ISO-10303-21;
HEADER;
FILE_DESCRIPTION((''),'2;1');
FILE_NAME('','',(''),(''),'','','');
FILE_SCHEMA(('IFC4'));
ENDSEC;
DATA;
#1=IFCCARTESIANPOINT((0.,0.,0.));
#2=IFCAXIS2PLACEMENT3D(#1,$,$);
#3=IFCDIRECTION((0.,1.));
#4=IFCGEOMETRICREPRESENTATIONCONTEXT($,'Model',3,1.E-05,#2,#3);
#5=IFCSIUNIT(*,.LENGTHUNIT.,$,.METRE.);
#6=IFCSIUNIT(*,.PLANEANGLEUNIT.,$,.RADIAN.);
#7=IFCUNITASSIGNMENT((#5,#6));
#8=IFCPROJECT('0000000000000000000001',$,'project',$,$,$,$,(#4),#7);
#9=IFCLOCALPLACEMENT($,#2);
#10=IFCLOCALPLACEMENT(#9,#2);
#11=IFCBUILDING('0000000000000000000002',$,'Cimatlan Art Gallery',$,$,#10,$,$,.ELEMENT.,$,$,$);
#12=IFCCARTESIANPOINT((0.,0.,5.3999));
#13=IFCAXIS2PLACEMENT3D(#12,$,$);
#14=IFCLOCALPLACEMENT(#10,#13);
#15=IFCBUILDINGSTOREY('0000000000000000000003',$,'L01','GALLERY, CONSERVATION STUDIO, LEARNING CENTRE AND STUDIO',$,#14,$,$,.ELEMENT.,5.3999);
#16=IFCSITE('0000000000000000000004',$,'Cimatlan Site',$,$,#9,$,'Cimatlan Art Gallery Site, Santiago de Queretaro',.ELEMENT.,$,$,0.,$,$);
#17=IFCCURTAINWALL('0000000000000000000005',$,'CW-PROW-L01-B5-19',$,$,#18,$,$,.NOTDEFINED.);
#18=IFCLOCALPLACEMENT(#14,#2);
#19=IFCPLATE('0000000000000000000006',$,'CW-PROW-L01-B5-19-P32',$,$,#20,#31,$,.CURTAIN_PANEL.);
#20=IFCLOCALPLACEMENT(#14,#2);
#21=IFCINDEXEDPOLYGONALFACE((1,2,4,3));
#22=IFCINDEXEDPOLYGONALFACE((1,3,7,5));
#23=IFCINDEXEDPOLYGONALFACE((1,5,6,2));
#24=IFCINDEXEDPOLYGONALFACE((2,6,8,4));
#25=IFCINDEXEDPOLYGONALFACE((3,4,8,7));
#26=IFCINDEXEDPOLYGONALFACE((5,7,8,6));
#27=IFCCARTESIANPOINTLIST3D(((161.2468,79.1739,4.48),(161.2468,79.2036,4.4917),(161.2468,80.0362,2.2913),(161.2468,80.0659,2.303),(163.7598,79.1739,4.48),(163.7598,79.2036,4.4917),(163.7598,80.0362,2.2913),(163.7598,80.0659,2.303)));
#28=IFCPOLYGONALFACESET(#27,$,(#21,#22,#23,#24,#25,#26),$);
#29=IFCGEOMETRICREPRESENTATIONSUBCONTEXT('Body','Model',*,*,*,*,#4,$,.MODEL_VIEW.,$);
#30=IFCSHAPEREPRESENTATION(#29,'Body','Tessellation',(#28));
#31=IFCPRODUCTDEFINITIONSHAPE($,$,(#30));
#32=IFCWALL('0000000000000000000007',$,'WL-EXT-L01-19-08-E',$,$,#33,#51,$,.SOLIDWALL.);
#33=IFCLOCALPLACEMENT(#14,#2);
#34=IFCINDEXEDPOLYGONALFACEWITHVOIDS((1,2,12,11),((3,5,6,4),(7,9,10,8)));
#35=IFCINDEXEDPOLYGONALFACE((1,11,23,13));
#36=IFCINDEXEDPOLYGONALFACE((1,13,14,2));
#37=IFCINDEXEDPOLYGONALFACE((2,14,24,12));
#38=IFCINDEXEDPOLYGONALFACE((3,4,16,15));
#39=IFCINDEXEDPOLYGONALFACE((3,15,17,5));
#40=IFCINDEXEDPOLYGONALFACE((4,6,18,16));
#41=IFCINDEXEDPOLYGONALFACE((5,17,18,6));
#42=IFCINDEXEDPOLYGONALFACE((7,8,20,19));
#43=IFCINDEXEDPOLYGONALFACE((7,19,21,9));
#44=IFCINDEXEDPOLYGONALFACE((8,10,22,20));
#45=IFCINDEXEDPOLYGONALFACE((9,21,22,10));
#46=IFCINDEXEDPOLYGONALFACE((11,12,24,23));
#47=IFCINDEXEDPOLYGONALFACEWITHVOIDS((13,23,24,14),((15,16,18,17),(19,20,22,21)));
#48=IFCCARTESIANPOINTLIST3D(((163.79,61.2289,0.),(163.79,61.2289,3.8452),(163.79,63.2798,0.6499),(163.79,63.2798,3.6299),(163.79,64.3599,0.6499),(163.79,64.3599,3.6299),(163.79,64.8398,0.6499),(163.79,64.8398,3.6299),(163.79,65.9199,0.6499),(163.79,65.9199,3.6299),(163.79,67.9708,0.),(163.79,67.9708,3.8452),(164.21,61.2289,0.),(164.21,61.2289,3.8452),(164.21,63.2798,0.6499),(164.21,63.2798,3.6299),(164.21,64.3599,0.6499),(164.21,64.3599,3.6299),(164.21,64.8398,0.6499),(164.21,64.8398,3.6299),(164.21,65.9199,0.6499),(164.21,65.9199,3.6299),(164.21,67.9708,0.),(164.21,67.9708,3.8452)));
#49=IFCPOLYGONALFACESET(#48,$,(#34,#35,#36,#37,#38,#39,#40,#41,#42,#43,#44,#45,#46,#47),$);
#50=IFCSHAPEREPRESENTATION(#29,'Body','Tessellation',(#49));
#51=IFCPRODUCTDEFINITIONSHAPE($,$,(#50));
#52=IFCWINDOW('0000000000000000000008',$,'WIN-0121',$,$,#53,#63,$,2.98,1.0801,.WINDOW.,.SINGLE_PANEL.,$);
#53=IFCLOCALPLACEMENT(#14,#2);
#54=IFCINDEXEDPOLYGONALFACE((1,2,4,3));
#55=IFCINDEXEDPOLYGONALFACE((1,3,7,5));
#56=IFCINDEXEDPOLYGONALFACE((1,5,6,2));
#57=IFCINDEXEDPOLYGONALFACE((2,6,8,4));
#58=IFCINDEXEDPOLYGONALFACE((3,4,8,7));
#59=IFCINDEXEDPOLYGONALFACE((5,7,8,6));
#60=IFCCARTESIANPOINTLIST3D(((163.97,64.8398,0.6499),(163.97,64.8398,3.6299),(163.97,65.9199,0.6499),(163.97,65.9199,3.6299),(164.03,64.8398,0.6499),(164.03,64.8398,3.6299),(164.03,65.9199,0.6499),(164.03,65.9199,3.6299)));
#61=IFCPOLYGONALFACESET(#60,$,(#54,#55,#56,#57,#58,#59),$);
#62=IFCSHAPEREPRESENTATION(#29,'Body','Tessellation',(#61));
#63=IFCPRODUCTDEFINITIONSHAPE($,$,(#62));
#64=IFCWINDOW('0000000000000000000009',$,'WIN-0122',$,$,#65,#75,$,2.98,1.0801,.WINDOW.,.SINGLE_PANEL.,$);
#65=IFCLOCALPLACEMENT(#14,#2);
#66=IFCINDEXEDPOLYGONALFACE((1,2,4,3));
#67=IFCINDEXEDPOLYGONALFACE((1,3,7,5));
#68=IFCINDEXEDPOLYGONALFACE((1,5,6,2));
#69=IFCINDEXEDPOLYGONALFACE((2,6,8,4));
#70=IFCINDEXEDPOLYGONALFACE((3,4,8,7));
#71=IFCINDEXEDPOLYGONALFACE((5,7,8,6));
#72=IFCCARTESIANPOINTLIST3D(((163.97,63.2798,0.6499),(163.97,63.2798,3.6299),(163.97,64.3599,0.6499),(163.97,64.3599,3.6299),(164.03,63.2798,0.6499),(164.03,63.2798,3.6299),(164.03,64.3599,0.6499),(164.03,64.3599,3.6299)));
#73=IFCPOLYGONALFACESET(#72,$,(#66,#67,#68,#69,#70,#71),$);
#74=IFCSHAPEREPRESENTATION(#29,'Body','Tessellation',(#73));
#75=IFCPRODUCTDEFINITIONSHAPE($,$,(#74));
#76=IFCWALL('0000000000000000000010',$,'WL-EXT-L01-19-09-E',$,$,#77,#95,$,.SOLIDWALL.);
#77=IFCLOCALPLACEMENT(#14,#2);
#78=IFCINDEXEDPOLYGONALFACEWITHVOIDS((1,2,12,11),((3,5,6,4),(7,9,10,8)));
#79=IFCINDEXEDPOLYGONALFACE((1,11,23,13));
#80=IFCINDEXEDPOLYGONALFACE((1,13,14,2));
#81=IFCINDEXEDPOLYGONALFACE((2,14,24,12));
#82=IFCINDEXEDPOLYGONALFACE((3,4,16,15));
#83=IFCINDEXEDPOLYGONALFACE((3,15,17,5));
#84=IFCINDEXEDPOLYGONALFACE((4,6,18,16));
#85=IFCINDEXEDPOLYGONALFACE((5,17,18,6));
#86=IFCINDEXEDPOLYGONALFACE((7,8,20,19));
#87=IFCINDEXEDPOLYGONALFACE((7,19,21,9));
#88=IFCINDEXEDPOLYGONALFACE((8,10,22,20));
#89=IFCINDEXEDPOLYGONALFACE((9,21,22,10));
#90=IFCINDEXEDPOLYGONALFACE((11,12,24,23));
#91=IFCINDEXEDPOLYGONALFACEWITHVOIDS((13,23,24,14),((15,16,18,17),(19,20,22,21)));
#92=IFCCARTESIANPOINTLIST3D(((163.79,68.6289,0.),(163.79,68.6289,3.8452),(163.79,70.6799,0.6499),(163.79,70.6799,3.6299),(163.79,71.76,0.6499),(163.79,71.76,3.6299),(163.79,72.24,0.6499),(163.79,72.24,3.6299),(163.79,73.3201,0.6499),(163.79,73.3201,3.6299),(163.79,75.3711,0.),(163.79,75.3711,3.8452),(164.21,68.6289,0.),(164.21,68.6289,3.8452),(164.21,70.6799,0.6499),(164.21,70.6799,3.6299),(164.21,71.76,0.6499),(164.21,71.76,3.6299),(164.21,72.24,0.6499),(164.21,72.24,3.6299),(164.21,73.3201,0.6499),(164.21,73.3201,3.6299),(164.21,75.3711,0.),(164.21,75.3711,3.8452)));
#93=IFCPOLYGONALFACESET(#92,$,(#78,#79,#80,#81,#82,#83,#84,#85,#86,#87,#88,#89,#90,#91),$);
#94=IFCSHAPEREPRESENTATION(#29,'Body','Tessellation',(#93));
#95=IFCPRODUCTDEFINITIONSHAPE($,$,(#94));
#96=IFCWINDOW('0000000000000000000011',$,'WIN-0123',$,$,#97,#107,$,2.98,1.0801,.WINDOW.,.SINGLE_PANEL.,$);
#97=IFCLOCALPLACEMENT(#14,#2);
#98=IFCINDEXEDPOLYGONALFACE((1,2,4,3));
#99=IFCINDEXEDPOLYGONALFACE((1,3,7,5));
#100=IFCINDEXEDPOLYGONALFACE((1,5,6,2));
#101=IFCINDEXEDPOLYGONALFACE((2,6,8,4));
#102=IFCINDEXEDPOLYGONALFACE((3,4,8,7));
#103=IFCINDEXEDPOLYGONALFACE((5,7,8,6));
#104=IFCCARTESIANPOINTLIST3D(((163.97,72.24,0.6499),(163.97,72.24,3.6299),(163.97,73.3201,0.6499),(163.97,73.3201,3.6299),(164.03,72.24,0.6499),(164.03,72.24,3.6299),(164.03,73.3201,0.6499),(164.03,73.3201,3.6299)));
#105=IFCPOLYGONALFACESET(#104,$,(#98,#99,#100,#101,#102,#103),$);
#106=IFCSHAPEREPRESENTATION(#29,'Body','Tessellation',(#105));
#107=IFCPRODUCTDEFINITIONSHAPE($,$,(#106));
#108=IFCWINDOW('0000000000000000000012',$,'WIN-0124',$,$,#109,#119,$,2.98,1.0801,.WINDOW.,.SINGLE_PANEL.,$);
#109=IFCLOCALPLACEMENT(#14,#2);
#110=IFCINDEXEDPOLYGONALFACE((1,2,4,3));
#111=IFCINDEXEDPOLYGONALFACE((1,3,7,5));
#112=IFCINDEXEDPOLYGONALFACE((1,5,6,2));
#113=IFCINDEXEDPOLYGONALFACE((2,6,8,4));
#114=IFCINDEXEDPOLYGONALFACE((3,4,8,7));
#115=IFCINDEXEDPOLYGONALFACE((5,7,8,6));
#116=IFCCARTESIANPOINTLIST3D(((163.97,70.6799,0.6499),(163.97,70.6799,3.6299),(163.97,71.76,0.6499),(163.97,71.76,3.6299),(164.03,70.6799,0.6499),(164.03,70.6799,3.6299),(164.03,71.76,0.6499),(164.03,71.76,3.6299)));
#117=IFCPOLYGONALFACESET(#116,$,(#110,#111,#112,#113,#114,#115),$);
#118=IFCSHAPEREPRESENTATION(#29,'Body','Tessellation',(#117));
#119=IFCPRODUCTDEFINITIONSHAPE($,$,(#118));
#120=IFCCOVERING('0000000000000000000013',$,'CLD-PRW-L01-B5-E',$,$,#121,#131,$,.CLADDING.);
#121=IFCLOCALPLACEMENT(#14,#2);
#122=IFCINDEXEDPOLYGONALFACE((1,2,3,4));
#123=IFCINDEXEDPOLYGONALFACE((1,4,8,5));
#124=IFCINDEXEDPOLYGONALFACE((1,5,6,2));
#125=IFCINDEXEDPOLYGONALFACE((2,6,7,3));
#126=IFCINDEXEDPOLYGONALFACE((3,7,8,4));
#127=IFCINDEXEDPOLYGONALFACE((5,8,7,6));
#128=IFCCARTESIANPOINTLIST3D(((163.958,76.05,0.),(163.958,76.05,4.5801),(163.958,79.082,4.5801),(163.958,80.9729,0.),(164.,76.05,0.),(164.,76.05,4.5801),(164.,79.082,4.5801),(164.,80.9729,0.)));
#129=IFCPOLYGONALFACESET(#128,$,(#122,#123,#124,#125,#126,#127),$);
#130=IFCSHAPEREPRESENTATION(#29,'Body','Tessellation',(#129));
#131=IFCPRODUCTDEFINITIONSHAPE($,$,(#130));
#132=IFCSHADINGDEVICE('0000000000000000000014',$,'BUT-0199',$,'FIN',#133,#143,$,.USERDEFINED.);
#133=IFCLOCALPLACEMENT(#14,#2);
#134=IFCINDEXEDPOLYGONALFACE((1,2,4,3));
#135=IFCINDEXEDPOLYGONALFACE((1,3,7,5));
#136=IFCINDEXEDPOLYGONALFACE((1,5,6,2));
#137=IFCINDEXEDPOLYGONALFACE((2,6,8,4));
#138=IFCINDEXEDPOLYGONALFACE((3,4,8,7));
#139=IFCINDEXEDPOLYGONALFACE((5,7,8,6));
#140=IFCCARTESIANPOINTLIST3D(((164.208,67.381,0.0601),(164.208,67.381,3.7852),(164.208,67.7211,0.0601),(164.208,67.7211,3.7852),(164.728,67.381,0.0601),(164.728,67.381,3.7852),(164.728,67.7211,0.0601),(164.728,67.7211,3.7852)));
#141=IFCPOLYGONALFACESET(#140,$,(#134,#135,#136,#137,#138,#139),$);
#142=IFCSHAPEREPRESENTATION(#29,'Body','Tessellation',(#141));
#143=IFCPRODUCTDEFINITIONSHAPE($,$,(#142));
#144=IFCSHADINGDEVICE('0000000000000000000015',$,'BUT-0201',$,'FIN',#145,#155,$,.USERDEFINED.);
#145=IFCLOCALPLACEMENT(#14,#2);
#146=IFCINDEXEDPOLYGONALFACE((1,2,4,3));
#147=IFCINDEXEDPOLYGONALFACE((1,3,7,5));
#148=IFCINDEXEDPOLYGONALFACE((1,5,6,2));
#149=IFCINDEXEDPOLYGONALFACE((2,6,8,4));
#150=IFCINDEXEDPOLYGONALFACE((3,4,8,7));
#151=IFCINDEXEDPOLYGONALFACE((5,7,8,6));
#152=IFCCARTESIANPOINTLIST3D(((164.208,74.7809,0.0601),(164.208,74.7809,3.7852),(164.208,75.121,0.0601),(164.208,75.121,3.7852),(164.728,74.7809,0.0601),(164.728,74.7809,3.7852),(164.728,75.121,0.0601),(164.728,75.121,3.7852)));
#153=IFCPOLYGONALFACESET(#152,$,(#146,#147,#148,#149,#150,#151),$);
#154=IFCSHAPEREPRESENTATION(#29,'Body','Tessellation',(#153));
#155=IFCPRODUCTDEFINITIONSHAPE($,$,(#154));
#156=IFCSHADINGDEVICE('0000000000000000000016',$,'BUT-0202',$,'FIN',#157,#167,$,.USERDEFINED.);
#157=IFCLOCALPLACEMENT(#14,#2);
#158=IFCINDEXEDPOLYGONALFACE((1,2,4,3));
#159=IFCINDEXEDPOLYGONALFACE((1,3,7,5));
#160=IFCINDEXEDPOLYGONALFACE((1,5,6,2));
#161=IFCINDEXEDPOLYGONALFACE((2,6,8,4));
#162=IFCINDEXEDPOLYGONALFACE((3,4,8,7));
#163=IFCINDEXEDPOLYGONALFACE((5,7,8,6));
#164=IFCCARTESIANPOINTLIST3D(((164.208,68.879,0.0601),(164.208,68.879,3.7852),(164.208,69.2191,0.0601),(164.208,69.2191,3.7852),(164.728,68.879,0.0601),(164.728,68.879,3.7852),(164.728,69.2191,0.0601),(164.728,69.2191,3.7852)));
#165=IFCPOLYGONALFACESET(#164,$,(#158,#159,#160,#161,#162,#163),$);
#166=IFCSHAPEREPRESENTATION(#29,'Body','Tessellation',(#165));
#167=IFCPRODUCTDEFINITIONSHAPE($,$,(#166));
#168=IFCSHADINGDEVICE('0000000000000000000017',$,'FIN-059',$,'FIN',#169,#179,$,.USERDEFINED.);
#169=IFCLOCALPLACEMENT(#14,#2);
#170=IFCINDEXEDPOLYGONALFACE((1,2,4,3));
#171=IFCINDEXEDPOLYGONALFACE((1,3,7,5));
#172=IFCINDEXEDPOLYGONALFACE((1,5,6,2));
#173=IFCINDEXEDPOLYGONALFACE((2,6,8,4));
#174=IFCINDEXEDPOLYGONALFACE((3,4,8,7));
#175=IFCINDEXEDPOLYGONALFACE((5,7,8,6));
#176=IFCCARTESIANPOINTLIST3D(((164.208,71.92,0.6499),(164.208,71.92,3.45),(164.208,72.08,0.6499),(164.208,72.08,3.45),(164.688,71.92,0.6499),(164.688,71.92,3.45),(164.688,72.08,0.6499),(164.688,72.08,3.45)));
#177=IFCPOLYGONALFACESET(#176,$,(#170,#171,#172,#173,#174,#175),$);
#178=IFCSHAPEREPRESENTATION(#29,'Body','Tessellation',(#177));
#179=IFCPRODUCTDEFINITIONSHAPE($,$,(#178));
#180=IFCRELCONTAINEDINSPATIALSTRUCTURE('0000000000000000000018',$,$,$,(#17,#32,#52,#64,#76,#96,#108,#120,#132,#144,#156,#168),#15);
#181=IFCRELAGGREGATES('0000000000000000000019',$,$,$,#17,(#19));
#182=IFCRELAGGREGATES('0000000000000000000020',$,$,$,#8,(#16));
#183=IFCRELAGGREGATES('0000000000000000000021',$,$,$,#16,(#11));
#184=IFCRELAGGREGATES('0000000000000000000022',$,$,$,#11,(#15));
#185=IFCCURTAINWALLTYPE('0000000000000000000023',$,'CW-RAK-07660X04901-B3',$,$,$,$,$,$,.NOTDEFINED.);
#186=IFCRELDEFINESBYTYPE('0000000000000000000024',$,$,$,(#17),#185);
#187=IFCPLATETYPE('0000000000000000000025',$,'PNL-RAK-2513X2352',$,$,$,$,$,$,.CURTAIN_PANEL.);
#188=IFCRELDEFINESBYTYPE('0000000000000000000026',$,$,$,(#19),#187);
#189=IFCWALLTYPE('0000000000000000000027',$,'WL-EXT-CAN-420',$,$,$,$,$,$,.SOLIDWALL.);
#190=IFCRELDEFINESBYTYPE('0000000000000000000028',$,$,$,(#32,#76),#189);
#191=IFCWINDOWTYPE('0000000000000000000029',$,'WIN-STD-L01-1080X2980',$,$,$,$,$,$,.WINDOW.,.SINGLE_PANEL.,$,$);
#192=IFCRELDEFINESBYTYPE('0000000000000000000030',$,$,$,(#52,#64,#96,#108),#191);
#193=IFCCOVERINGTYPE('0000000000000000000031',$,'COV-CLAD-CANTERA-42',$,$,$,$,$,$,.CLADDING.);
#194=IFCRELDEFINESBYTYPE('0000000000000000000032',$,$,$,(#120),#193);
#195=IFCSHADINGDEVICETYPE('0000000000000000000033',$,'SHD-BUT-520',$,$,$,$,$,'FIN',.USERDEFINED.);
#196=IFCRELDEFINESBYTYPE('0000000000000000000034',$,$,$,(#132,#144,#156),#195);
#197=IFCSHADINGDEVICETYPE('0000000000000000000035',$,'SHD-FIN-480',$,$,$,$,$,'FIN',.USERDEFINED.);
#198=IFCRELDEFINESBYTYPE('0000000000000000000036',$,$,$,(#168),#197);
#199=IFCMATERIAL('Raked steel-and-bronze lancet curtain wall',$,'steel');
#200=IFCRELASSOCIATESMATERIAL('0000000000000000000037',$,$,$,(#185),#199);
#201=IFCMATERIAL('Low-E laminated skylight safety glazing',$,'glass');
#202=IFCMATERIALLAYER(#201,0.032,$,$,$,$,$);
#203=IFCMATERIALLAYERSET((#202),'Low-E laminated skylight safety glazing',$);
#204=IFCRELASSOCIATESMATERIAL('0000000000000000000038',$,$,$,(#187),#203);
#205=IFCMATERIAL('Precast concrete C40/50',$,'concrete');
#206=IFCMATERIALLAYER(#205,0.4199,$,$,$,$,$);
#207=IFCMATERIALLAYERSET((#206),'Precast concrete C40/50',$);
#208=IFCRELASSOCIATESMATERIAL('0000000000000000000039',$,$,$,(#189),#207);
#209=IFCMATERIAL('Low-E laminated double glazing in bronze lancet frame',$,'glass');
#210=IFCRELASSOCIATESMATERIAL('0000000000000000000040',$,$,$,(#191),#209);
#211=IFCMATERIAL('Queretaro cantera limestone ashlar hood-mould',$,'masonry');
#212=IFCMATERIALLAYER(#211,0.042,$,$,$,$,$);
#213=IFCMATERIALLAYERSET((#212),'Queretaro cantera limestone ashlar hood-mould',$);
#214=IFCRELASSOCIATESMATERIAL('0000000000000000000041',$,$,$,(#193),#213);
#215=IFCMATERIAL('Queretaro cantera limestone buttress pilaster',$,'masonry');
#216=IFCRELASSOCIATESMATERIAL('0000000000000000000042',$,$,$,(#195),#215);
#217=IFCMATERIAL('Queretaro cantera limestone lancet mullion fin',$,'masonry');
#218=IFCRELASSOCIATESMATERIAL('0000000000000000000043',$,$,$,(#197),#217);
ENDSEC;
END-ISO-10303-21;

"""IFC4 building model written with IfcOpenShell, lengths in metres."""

from ifc_helpers import new_model, si_unit, direction, frame, frame_2d, origin, origin_2d, place, context, subcontext, project, spatial, polyline, rectangle, outline, extrude, material, layer, layer_set, type_object, element, fill, aggregate, save


model = new_model("IFC4")

# Units and contexts
model_context = context("Model", 3, precision=1e-05, world=origin(), true_north=direction((0.0, 1.0)))
body_context = subcontext(model_context, "Body", "Model", "MODEL_VIEW")
ifc_project = project(units=[si_unit("LENGTHUNIT", "METRE"), si_unit("PLANEANGLEUNIT", "RADIAN")], contexts=[model_context])

# Site, building, storey
site_placement = place(None, origin())
site = spatial("IfcSite", under=ifc_project, at=site_placement, Name="Cimatlan Site", LongName="Cimatlan Art Gallery Site, Santiago de Queretaro", CompositionType="ELEMENT", RefElevation=0.0)
building_placement = place(site_placement, origin())
building = spatial("IfcBuilding", under=site, at=building_placement, Name="Cimatlan Art Gallery", CompositionType="ELEMENT")
storey_placement = place(building_placement, frame((0.0, 0.0, 5.3999)))
storey = spatial("IfcBuildingStorey", under=building, at=storey_placement, Name="L01", Description="GALLERY, CONSERVATION STUDIO, LEARNING CENTRE AND STUDIO", CompositionType="ELEMENT", Elevation=5.3999)

# Curtain wall
ifc_material_1 = material(Name="Raked steel-and-bronze lancet curtain wall", Category="steel")
curtain_wall_type = type_object("IfcCurtainWallType", Name="CW-RAK-07660X04901-B3", PredefinedType="NOTDEFINED", material=ifc_material_1)
curtain_wall_placement = place(storey_placement, origin())
curtain_wall = element("IfcCurtainWall", 1, at=curtain_wall_placement, inside=storey, type_object=curtain_wall_type, Name="CW-PROW-L01-B5-19", PredefinedType="NOTDEFINED")

# Plate
ifc_material_2 = material(Name="Low-E laminated skylight safety glazing", Category="glass")
ifc_layer_1 = layer(ifc_material_2, 0.032)
ifc_layer_set_1 = layer_set([ifc_layer_1], Name="Low-E laminated skylight safety glazing")
plate_type = type_object("IfcPlateType", Name="PNL-RAK-2513X2352", PredefinedType="CURTAIN_PANEL", material=ifc_layer_set_1)
plate_1_placement = place(storey_placement, frame((161.2468, 80.0659, 2.303), z_axis=(0.0, 0.930397, 0.366554), x_axis=(1.0, 0.0, 0.0)))
plate_1 = element("IfcPlate", 2, at=plate_1_placement, type_object=plate_type, Name="CW-PROW-L01-B5-19-P32", PredefinedType="CURTAIN_PANEL", context=body_context, shape_type="SweptSolid", body=[
    extrude(outline(polyline([(0.0, 0.0), (2.5129, 0.0), (2.5129, -2.3525), (0.0, -2.3525), (0.0, 0.0)])), origin(), (0.0, 0.0, -1.0), 0.032),
])
aggregate(curtain_wall, [plate_1])

# Walls, openings, windows
ifc_material_3 = material(Name="Precast concrete C40/50", Category="concrete")
ifc_layer_2 = layer(ifc_material_3, 0.4199)
ifc_layer_set_2 = layer_set([ifc_layer_2], Name="Precast concrete C40/50")
wall_type = type_object("IfcWallType", Name="WL-EXT-CAN-420", PredefinedType="SOLIDWALL", material=ifc_layer_set_2)
wall_1_placement = place(storey_placement, frame((164.0, 67.9709, 0.0), z_axis=(0.0, 0.0, 1.0), x_axis=(0.0, -1.0, 0.0)))
wall_1 = element("IfcWall", 3, at=wall_1_placement, inside=storey, type_object=wall_type, Name="WL-EXT-L01-19-08-E", PredefinedType="SOLIDWALL", context=body_context, shape_type="SweptSolid", body=[
    extrude(rectangle(XDim=6.7419, YDim=0.4199, at=frame_2d((3.3711, 0.0))), origin(), (0.0, 0.0, 1.0), 3.8452),
])
opening_1_placement = place(wall_1_placement, frame((2.051, 0.0, 0.6499)))
opening_1 = element("IfcOpeningElement", 4, at=opening_1_placement, cuts=wall_1, PredefinedType="OPENING", context=body_context, shape_type="SweptSolid", body=[
    extrude(rectangle(XDim=1.0801, YDim=2.98, at=frame_2d((0.54, 1.49))), frame((0.0, 0.22, 0.0), z_axis=(0.0, -1.0, 0.0), x_axis=(1.0, 0.0, 0.0)), (0.0, 0.0, 1.0), 0.4399),
])
opening_2_placement = place(wall_1_placement, frame((3.6111, 0.0, 0.6499)))
opening_2 = element("IfcOpeningElement", 5, at=opening_2_placement, cuts=wall_1, PredefinedType="OPENING", context=body_context, shape_type="SweptSolid", body=[
    extrude(rectangle(XDim=1.0801, YDim=2.98, at=frame_2d((0.54, 1.49))), frame((0.0, 0.22, 0.0), z_axis=(0.0, -1.0, 0.0), x_axis=(1.0, 0.0, 0.0)), (0.0, 0.0, 1.0), 0.4399),
])
ifc_material_4 = material(Name="Low-E laminated double glazing in bronze lancet frame", Category="glass")
window_type = type_object("IfcWindowType", Name="WIN-STD-L01-1080X2980", PartitioningType="SINGLE_PANEL", PredefinedType="WINDOW", material=ifc_material_4)
window_1_placement = place(opening_1_placement, origin())
window_1 = element("IfcWindow", 6, at=window_1_placement, inside=storey, type_object=window_type, Name="WIN-0121", OverallHeight=2.98, OverallWidth=1.0801, PartitioningType="SINGLE_PANEL", PredefinedType="WINDOW", context=body_context, shape_type="SweptSolid", body=[
    extrude(rectangle(XDim=1.0801, YDim=2.98, at=frame_2d((0.54, 1.49))), frame((0.0, 0.03, 0.0), z_axis=(0.0, -1.0, 0.0), x_axis=(1.0, 0.0, 0.0)), (0.0, 0.0, 1.0), 0.0601),
])
fill(opening_1, window_1)
window_2_placement = place(opening_2_placement, origin())
window_2 = element("IfcWindow", 7, at=window_2_placement, inside=storey, type_object=window_type, Name="WIN-0122", OverallHeight=2.98, OverallWidth=1.0801, PartitioningType="SINGLE_PANEL", PredefinedType="WINDOW", context=body_context, shape_type="SweptSolid", body=[
    extrude(rectangle(XDim=1.0801, YDim=2.98, at=frame_2d((0.54, 1.49))), frame((0.0, 0.03, 0.0), z_axis=(0.0, -1.0, 0.0), x_axis=(1.0, 0.0, 0.0)), (0.0, 0.0, 1.0), 0.0601),
])
fill(opening_2, window_2)
wall_2_placement = place(storey_placement, frame((164.0, 75.3711, 0.0), z_axis=(0.0, 0.0, 1.0), x_axis=(0.0, -1.0, 0.0)))
wall_2 = element("IfcWall", 8, at=wall_2_placement, inside=storey, type_object=wall_type, Name="WL-EXT-L01-19-09-E", PredefinedType="SOLIDWALL", context=body_context, shape_type="SweptSolid", body=[
    extrude(rectangle(XDim=6.7422, YDim=0.4199, at=frame_2d((3.3711, 0.0))), origin(), (0.0, 0.0, 1.0), 3.8452),
])
opening_3_placement = place(wall_2_placement, frame((2.051, 0.0, 0.6499)))
opening_3 = element("IfcOpeningElement", 9, at=opening_3_placement, cuts=wall_2, PredefinedType="OPENING", context=body_context, shape_type="SweptSolid", body=[
    extrude(rectangle(XDim=1.0801, YDim=2.98, at=frame_2d((0.54, 1.49))), frame((0.0, 0.22, 0.0), z_axis=(0.0, -1.0, 0.0), x_axis=(1.0, 0.0, 0.0)), (0.0, 0.0, 1.0), 0.4399),
])
opening_4_placement = place(wall_2_placement, frame((3.6111, 0.0, 0.6499)))
opening_4 = element("IfcOpeningElement", 10, at=opening_4_placement, cuts=wall_2, PredefinedType="OPENING", context=body_context, shape_type="SweptSolid", body=[
    extrude(rectangle(XDim=1.0801, YDim=2.98, at=frame_2d((0.54, 1.49))), frame((0.0, 0.22, 0.0), z_axis=(0.0, -1.0, 0.0), x_axis=(1.0, 0.0, 0.0)), (0.0, 0.0, 1.0), 0.4399),
])
window_3_placement = place(opening_3_placement, origin())
window_3 = element("IfcWindow", 11, at=window_3_placement, inside=storey, type_object=window_type, Name="WIN-0123", OverallHeight=2.98, OverallWidth=1.0801, PartitioningType="SINGLE_PANEL", PredefinedType="WINDOW", context=body_context, shape_type="SweptSolid", body=[
    extrude(rectangle(XDim=1.0801, YDim=2.98, at=frame_2d((0.54, 1.49))), frame((0.0, 0.03, 0.0), z_axis=(0.0, -1.0, 0.0), x_axis=(1.0, 0.0, 0.0)), (0.0, 0.0, 1.0), 0.0601),
])
fill(opening_3, window_3)
window_4_placement = place(opening_4_placement, origin())
window_4 = element("IfcWindow", 12, at=window_4_placement, inside=storey, type_object=window_type, Name="WIN-0124", OverallHeight=2.98, OverallWidth=1.0801, PartitioningType="SINGLE_PANEL", PredefinedType="WINDOW", context=body_context, shape_type="SweptSolid", body=[
    extrude(rectangle(XDim=1.0801, YDim=2.98, at=frame_2d((0.54, 1.49))), frame((0.0, 0.03, 0.0), z_axis=(0.0, -1.0, 0.0), x_axis=(1.0, 0.0, 0.0)), (0.0, 0.0, 1.0), 0.0601),
])
fill(opening_4, window_4)

# Covering
ifc_material_5 = material(Name="Queretaro cantera limestone ashlar hood-mould", Category="masonry")
ifc_layer_3 = layer(ifc_material_5, 0.042)
ifc_layer_set_3 = layer_set([ifc_layer_3], Name="Queretaro cantera limestone ashlar hood-mould")
covering_type = type_object("IfcCoveringType", Name="COV-CLAD-CANTERA-42", PredefinedType="CLADDING", material=ifc_layer_set_3)
covering_placement = place(storey_placement, frame((164.0, 76.05, 0.0), z_axis=(1.0, 0.0, 0.0), x_axis=(0.0, 1.0, 0.0)))
element("IfcCovering", 13, at=covering_placement, inside=storey, type_object=covering_type, Name="CLD-PRW-L01-B5-E", PredefinedType="CLADDING", context=body_context, shape_type="SweptSolid", body=[
    extrude(outline(polyline([(0.0, 0.0), (4.9229, 0.0), (3.032, 4.5801), (0.0, 4.5801), (0.0, 0.0)])), origin(), (0.0, 0.0, -1.0), 0.042),
])

# Shading devices
ifc_material_6 = material(Name="Queretaro cantera limestone buttress pilaster", Category="masonry")
shading_device_type_1 = type_object("IfcShadingDeviceType", Name="SHD-BUT-520", ElementType="FIN", PredefinedType="USERDEFINED", material=ifc_material_6)
for number, where, z_axis, x_axis, name in (
    (14, (164.468, 67.551, 0.0601), (0.0, 0.0, 1.0), (0.0, -1.0, 0.0), "BUT-0199"),
    (15, (164.468, 74.9509, 0.0601), (0.0, 0.0, 1.0), (0.0, -1.0, 0.0), "BUT-0201"),
    (16, (164.468, 69.0491, 0.0601), (0.0, 0.0, 1.0), (0.0, -1.0, 0.0), "BUT-0202"),
):
    element("IfcShadingDevice", number, at=place(storey_placement, frame(where, z_axis=z_axis, x_axis=x_axis)), inside=storey, type_object=shading_device_type_1, Name=name, ObjectType="FIN", PredefinedType="USERDEFINED", context=body_context, shape_type="SweptSolid", body=[
        extrude(rectangle(XDim=0.3401, YDim=0.52, at=origin_2d()), origin(), (0.0, 0.0, 1.0), 3.7251),
    ])
ifc_material_7 = material(Name="Queretaro cantera limestone lancet mullion fin", Category="masonry")
shading_device_type_2 = type_object("IfcShadingDeviceType", Name="SHD-FIN-480", ElementType="FIN", PredefinedType="USERDEFINED", material=ifc_material_7)
shading_device_placement = place(storey_placement, frame((164.448, 72.0, 0.6499), z_axis=(0.0, 0.0, 1.0), x_axis=(0.0, -1.0, 0.0)))
element("IfcShadingDevice", 17, at=shading_device_placement, inside=storey, type_object=shading_device_type_2, Name="FIN-059", ObjectType="FIN", PredefinedType="USERDEFINED", context=body_context, shape_type="SweptSolid", body=[
    extrude(rectangle(XDim=0.1599, YDim=0.48, at=origin_2d()), origin(), (0.0, 0.0, 1.0), 2.8),
])

save(model, "model.ifc")
